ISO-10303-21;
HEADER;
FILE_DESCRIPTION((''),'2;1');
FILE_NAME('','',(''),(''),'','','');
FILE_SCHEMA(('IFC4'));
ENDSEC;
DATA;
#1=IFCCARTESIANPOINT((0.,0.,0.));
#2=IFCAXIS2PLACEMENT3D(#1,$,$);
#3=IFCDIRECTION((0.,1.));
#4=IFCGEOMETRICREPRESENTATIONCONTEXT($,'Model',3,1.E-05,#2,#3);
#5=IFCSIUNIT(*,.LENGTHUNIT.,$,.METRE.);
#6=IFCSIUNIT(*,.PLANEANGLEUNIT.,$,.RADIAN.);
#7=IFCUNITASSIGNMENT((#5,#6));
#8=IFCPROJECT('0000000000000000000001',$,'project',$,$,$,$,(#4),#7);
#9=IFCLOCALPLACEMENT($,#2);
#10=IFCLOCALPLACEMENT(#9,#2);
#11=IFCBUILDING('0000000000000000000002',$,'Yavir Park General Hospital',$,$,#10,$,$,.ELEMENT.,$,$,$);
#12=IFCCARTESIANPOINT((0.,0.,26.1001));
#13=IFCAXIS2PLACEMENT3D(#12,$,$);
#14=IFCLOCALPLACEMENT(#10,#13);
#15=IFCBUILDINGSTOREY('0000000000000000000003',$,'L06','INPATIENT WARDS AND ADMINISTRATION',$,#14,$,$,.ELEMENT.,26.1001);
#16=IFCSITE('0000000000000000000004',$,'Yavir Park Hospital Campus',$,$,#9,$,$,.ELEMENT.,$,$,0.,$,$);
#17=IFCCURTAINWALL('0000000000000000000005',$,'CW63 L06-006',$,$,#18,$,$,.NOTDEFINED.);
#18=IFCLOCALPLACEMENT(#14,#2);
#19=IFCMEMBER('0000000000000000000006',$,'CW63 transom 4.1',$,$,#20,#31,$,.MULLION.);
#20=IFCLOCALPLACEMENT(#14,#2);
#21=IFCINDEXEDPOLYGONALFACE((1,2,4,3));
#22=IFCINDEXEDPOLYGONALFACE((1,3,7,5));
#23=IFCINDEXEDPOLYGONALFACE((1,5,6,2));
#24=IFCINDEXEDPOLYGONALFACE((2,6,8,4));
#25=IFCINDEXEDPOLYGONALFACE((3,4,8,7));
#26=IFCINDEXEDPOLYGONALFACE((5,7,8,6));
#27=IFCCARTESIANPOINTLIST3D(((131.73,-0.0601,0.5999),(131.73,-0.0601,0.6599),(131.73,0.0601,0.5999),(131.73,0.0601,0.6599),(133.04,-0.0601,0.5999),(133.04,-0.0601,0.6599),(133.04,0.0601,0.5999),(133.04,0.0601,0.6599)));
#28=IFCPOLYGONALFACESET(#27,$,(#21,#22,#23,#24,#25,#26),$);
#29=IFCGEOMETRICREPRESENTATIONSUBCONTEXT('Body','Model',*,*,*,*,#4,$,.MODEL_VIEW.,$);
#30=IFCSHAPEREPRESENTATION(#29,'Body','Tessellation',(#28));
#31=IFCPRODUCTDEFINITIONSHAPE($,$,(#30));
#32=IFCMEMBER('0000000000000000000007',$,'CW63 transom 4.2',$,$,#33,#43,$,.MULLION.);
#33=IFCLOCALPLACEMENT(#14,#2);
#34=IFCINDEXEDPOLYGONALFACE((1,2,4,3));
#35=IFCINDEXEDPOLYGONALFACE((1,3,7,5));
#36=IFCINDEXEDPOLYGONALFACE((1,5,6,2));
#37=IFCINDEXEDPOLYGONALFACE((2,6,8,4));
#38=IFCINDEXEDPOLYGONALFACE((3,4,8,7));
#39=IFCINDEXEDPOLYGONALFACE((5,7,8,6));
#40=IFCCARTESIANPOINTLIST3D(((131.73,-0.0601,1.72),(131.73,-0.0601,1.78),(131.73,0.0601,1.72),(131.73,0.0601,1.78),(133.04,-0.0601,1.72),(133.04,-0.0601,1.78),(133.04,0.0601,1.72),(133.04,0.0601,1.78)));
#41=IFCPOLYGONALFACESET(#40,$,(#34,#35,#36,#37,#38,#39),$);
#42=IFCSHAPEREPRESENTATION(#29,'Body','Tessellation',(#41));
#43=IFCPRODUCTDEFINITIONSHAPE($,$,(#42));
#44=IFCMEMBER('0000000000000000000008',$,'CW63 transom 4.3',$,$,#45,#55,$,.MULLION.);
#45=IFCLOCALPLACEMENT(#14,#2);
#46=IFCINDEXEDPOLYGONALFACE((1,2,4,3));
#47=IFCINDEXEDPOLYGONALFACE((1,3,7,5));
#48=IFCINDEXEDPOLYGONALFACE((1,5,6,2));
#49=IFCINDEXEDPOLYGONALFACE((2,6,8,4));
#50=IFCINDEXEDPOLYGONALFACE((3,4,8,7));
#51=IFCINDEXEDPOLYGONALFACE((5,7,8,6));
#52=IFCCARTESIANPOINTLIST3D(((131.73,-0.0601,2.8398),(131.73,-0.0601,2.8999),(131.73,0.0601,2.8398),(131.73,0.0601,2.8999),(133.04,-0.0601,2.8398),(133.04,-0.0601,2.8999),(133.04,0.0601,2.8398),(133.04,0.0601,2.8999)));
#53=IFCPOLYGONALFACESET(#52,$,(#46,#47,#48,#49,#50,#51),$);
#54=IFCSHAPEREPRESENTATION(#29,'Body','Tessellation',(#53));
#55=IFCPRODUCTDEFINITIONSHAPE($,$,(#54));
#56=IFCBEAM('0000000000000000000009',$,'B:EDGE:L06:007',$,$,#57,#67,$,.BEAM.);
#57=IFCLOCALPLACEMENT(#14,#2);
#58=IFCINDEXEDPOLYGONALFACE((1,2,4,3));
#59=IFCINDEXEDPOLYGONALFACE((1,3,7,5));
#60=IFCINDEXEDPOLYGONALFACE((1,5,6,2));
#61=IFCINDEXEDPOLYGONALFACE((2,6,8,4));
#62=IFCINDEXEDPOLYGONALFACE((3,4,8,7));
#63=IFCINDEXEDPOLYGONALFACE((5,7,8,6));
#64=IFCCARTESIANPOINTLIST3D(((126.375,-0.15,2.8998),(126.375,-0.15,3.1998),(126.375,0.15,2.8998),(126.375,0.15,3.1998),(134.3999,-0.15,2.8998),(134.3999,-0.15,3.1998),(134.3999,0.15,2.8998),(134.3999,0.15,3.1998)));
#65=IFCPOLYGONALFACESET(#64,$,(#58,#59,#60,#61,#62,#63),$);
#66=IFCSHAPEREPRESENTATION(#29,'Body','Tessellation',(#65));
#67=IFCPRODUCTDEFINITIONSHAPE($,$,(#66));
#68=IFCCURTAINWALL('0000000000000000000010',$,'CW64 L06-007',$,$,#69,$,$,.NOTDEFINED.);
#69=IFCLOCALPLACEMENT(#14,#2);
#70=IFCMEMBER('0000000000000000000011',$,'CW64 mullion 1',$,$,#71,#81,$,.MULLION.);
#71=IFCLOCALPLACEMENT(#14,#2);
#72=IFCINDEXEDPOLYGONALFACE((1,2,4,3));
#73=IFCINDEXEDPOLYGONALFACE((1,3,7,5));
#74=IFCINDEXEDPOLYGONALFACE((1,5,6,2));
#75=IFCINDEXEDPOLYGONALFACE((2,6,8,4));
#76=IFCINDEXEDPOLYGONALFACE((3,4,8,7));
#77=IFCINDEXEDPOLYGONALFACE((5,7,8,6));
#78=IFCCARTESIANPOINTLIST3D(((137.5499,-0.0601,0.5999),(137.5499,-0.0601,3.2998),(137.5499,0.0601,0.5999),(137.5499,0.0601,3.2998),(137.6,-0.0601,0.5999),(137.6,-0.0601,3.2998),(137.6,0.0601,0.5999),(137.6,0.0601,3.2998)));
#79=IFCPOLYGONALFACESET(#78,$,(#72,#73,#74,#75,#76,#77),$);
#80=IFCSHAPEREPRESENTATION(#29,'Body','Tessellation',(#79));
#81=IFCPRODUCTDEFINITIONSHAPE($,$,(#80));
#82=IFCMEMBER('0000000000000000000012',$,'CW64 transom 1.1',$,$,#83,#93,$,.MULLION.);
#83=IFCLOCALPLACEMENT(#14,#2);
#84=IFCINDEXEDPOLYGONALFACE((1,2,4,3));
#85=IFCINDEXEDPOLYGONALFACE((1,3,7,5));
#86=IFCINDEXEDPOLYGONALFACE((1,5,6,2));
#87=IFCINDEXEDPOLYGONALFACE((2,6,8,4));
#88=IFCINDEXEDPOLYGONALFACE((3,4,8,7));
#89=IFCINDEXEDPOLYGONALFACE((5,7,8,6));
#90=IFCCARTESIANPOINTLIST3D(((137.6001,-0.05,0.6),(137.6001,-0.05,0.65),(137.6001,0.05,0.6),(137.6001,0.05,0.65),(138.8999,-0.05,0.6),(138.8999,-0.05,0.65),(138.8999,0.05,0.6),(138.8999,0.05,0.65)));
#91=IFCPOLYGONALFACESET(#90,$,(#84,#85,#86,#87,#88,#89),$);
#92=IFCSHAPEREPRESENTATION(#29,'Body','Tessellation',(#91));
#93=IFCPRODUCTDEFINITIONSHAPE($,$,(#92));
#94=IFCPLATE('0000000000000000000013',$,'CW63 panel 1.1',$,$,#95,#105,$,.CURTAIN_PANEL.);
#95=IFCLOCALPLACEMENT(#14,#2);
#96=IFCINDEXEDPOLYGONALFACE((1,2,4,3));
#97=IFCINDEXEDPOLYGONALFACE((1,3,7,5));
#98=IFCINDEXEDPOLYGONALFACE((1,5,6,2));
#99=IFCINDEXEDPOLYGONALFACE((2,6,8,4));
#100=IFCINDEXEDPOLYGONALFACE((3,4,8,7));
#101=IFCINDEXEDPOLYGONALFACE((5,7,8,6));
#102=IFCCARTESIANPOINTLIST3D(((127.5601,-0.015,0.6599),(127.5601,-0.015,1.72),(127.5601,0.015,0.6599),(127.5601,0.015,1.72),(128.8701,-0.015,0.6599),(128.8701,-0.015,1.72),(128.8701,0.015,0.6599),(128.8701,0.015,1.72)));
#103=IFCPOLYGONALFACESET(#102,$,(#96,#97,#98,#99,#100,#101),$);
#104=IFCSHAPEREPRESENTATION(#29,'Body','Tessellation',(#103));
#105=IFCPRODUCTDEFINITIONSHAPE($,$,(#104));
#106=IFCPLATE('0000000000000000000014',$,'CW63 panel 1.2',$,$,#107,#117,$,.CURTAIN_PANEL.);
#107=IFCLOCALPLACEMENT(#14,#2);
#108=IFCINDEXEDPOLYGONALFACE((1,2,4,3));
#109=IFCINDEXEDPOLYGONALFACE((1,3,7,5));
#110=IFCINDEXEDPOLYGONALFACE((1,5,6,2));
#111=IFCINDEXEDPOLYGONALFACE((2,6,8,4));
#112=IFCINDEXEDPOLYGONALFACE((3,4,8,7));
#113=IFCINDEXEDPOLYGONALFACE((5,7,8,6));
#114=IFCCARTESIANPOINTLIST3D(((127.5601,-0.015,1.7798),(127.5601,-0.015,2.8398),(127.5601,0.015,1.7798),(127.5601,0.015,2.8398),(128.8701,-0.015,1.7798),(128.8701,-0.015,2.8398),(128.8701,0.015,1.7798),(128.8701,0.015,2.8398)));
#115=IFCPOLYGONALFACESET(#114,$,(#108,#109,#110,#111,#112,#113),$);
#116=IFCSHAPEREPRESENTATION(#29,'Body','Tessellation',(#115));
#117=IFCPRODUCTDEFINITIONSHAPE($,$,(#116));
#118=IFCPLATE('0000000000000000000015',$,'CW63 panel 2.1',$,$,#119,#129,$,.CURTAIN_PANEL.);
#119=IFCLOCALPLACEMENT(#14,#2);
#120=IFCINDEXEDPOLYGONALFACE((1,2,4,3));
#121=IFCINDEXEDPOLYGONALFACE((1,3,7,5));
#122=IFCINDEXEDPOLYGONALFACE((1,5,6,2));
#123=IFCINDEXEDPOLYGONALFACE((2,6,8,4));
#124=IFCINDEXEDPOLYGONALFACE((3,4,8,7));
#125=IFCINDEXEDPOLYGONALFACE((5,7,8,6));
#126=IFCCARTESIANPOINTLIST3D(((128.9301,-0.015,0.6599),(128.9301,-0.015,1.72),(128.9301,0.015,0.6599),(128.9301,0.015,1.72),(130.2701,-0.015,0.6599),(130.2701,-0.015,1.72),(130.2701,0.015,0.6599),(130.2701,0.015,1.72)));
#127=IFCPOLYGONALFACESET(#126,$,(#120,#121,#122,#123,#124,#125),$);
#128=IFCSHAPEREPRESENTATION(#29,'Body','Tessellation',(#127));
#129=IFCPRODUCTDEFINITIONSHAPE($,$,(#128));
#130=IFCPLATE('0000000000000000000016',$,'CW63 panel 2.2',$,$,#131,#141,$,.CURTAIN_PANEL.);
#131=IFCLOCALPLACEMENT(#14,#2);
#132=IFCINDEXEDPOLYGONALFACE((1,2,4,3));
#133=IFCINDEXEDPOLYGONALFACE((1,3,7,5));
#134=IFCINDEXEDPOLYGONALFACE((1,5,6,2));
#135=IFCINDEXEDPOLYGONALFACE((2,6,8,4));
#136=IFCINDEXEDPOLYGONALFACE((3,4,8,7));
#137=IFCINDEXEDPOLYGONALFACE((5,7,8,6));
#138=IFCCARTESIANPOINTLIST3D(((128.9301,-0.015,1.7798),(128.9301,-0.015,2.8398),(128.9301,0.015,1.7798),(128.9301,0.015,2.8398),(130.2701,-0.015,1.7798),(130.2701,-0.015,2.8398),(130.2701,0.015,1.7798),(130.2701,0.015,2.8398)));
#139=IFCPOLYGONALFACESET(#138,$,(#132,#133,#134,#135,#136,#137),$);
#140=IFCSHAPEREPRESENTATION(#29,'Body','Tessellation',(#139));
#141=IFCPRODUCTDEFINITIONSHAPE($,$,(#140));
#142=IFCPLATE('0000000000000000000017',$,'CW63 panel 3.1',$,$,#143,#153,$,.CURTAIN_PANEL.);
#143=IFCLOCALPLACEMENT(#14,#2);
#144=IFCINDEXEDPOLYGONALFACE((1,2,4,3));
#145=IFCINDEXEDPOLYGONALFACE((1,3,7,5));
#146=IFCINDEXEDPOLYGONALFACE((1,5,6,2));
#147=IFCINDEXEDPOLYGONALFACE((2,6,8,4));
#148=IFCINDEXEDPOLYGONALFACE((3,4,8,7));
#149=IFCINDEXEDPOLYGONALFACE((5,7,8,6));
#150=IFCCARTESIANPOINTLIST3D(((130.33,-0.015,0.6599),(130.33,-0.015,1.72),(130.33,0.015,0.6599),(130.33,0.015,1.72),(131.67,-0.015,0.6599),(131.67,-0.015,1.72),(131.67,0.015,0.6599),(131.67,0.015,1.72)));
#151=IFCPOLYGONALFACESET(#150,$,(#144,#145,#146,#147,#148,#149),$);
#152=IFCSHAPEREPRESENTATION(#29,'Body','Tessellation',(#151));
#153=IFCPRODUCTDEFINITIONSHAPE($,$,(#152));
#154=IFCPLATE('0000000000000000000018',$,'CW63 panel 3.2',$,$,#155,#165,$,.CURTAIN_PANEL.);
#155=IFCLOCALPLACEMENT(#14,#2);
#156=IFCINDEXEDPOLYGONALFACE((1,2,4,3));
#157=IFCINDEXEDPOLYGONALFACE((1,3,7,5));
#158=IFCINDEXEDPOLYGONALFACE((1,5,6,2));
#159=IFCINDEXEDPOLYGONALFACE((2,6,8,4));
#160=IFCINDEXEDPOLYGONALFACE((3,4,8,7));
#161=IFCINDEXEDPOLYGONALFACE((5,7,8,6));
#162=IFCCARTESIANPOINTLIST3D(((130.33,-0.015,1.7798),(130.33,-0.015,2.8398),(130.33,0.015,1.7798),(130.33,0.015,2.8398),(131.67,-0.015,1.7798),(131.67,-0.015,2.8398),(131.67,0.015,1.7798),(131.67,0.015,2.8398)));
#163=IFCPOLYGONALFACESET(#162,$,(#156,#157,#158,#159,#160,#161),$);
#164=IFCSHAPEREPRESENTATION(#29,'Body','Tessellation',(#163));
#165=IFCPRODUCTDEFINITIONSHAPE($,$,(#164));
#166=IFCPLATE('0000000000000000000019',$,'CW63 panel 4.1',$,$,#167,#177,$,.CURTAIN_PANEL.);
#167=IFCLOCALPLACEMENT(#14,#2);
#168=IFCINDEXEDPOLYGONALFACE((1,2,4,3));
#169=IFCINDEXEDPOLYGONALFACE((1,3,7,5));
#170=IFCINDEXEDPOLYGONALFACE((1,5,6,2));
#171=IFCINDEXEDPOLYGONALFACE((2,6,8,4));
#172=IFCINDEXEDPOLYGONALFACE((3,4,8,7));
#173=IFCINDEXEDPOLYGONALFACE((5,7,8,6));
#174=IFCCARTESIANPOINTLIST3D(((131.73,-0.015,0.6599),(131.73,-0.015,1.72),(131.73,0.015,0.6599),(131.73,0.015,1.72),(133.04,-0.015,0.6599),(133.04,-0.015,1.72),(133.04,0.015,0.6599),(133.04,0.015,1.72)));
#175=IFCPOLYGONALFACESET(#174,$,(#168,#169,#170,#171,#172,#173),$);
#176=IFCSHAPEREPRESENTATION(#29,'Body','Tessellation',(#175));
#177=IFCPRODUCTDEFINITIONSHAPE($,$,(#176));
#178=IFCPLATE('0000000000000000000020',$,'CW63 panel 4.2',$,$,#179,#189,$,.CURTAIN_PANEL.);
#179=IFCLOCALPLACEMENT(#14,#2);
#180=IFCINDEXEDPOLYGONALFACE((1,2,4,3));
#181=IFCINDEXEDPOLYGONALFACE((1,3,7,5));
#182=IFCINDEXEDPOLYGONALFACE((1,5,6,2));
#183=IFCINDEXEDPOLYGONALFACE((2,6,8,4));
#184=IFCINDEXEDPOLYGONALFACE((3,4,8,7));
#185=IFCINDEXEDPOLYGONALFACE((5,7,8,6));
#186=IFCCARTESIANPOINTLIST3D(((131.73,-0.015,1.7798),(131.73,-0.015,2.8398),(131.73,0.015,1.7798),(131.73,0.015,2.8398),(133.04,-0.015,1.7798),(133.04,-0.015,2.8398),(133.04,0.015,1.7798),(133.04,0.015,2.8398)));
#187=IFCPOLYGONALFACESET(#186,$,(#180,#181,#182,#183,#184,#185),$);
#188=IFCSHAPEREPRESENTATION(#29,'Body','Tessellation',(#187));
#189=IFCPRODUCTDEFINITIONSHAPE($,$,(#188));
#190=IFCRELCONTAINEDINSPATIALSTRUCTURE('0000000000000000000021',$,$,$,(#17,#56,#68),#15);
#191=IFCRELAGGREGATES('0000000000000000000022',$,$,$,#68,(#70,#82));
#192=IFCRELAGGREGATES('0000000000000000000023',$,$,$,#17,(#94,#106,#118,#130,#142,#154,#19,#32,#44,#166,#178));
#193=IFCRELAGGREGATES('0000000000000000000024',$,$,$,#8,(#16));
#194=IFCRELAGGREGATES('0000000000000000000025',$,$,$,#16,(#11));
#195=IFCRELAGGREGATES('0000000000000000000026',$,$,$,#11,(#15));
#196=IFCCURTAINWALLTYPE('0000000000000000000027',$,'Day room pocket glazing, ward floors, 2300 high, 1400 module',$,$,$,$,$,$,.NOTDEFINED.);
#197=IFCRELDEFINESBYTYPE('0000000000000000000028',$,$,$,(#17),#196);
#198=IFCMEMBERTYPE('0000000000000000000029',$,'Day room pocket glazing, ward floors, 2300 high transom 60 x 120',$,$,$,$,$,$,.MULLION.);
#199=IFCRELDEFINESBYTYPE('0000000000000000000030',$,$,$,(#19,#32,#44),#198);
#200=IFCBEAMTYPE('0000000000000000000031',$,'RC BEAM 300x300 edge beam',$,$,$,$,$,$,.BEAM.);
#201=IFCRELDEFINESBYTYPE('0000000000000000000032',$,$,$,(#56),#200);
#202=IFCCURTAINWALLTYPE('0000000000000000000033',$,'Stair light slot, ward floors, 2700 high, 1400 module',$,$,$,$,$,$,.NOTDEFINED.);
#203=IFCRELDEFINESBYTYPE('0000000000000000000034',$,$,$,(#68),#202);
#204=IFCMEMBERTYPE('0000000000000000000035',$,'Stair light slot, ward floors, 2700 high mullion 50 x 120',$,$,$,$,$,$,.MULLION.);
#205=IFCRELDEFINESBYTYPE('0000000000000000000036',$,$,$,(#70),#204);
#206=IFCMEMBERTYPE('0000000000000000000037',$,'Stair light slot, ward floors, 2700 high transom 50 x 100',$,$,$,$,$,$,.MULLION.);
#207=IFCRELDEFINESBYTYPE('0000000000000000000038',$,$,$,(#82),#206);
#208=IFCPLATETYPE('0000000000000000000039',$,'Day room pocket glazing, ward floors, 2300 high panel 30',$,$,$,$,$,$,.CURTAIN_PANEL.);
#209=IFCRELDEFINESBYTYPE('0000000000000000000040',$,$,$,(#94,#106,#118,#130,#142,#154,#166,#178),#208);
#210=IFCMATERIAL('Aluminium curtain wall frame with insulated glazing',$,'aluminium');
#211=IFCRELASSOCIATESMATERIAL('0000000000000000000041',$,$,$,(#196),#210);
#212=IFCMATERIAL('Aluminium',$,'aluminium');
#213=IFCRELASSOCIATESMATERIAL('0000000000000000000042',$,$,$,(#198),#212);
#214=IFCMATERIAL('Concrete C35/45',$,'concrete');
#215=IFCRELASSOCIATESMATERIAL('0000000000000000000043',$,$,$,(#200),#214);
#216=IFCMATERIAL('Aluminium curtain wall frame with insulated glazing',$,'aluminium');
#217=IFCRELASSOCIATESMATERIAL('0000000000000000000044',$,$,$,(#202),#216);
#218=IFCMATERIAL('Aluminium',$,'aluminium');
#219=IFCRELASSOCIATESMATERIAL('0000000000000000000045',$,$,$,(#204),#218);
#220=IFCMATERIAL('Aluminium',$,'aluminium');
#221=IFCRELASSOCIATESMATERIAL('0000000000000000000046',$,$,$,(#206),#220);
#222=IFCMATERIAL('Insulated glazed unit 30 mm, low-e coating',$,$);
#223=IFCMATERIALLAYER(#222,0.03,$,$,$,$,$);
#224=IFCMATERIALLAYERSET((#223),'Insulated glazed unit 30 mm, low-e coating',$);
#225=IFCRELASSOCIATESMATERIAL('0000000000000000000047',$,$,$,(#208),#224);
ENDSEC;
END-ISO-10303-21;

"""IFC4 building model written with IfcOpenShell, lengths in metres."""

from ifc_helpers import new_model, si_unit, direction, frame, origin, origin_2d, place, context, subcontext, project, spatial, rectangle, extrude, material, layer, layer_set, material_profile, profile_set, type_object, element, aggregate, save


model = new_model("IFC4")

# Units and contexts
model_context = context("Model", 3, precision=1e-05, world=origin(), true_north=direction((0.0, 1.0)))
body_context = subcontext(model_context, "Body", "Model", "MODEL_VIEW")
ifc_project = project(units=[si_unit("LENGTHUNIT", "METRE"), si_unit("PLANEANGLEUNIT", "RADIAN")], contexts=[model_context])

# Site, building, storey
site_placement = place(None, origin())
site = spatial("IfcSite", under=ifc_project, at=site_placement, Name="Yavir Park Hospital Campus", CompositionType="ELEMENT", RefElevation=0.0)
building_placement = place(site_placement, origin())
building = spatial("IfcBuilding", under=site, at=building_placement, Name="Yavir Park General Hospital", CompositionType="ELEMENT")
storey_placement = place(building_placement, frame((0.0, 0.0, 26.1001)))
storey = spatial("IfcBuildingStorey", under=building, at=storey_placement, Name="L06", Description="INPATIENT WARDS AND ADMINISTRATION", CompositionType="ELEMENT", Elevation=26.1001)

# Curtain wall, members
ifc_material_1 = material(Name="Aluminium curtain wall frame with insulated glazing", Category="aluminium")
curtain_wall_type_1 = type_object("IfcCurtainWallType", Name="Day room pocket glazing, ward floors, 2300 high, 1400 module", PredefinedType="NOTDEFINED", material=ifc_material_1)
curtain_wall_1_placement = place(storey_placement, origin())
curtain_wall_1 = element("IfcCurtainWall", 1, at=curtain_wall_1_placement, inside=storey, type_object=curtain_wall_type_1, Name="CW63 L06-006", PredefinedType="NOTDEFINED")
ifc_material_2 = material(Name="Aluminium", Category="aluminium")
ifc_material_profile_1 = material_profile(ifc_material_2, rectangle(XDim=0.1201, YDim=0.0601, at=origin_2d()), Name="AL 120x60")
ifc_profile_set_1 = profile_set([ifc_material_profile_1], Name="Aluminium")
member_type_1 = type_object("IfcMemberType", Name="Day room pocket glazing, ward floors, 2300 high transom 60 x 120", PredefinedType="MULLION", material=ifc_profile_set_1)
member_1_placement = place(storey_placement, frame((131.73, 0.0, 0.6299), z_axis=(1.0, 0.0, 0.0), x_axis=(0.0, 1.0, 0.0)))
member_1 = element("IfcMember", 2, at=member_1_placement, type_object=member_type_1, Name="CW63 transom 4.1", PredefinedType="MULLION", context=body_context, shape_type="SweptSolid", body=[
    extrude(rectangle(XDim=0.1201, YDim=0.0601, at=origin_2d()), origin(), (0.0, 0.0, 1.0), 1.3101),
])
member_2_placement = place(storey_placement, frame((131.73, 0.0, 1.75), z_axis=(1.0, 0.0, 0.0), x_axis=(0.0, 1.0, 0.0)))
member_2 = element("IfcMember", 3, at=member_2_placement, type_object=member_type_1, Name="CW63 transom 4.2", PredefinedType="MULLION", context=body_context, shape_type="SweptSolid", body=[
    extrude(rectangle(XDim=0.1201, YDim=0.0601, at=origin_2d()), origin(), (0.0, 0.0, 1.0), 1.3101),
])
member_3_placement = place(storey_placement, frame((131.73, 0.0, 2.8699), z_axis=(1.0, 0.0, 0.0), x_axis=(0.0, 1.0, 0.0)))
member_3 = element("IfcMember", 4, at=member_3_placement, type_object=member_type_1, Name="CW63 transom 4.3", PredefinedType="MULLION", context=body_context, shape_type="SweptSolid", body=[
    extrude(rectangle(XDim=0.1201, YDim=0.0601, at=origin_2d()), origin(), (0.0, 0.0, 1.0), 1.3101),
])

# Beam
ifc_material_3 = material(Name="Concrete C35/45", Category="concrete")
ifc_material_profile_2 = material_profile(ifc_material_3, rectangle(XDim=0.3, YDim=0.3, at=origin_2d()), Name="RC300x300")
ifc_profile_set_2 = profile_set([ifc_material_profile_2], Name="Concrete C35/45")
beam_type = type_object("IfcBeamType", Name="RC BEAM 300x300 edge beam", PredefinedType="BEAM", material=ifc_profile_set_2)
beam_placement = place(storey_placement, frame((126.375, 0.0, 3.0498), z_axis=(1.0, 0.0, 0.0), x_axis=(0.0, 1.0, 0.0)))
element("IfcBeam", 5, at=beam_placement, inside=storey, type_object=beam_type, Name="B:EDGE:L06:007", PredefinedType="BEAM", context=body_context, shape_type="SweptSolid", body=[
    extrude(rectangle(XDim=0.3, YDim=0.3, at=origin_2d()), origin(), (0.0, 0.0, 1.0), 8.0249),
])

# Curtain wall, members
ifc_material_4 = material(Name="Aluminium curtain wall frame with insulated glazing", Category="aluminium")
curtain_wall_type_2 = type_object("IfcCurtainWallType", Name="Stair light slot, ward floors, 2700 high, 1400 module", PredefinedType="NOTDEFINED", material=ifc_material_4)
curtain_wall_2_placement = place(storey_placement, origin())
curtain_wall_2 = element("IfcCurtainWall", 6, at=curtain_wall_2_placement, inside=storey, type_object=curtain_wall_type_2, Name="CW64 L06-007", PredefinedType="NOTDEFINED")
ifc_material_5 = material(Name="Aluminium", Category="aluminium")
ifc_material_profile_3 = material_profile(ifc_material_5, rectangle(XDim=0.1201, YDim=0.05, at=origin_2d()), Name="AL 50x120")
ifc_profile_set_3 = profile_set([ifc_material_profile_3], Name="Aluminium")
member_type_2 = type_object("IfcMemberType", Name="Stair light slot, ward floors, 2700 high mullion 50 x 120", PredefinedType="MULLION", material=ifc_profile_set_3)
member_4_placement = place(storey_placement, frame((137.575, 0.0, 0.5999), z_axis=(0.0, 0.0, 1.0), x_axis=(0.0, 1.0, 0.0)))
member_4 = element("IfcMember", 7, at=member_4_placement, type_object=member_type_2, Name="CW64 mullion 1", PredefinedType="MULLION", context=body_context, shape_type="SweptSolid", body=[
    extrude(rectangle(XDim=0.1201, YDim=0.05, at=origin_2d()), origin(), (0.0, 0.0, 1.0), 2.7),
])
ifc_material_6 = material(Name="Aluminium", Category="aluminium")
ifc_material_profile_4 = material_profile(ifc_material_6, rectangle(XDim=0.1001, YDim=0.05, at=origin_2d()), Name="AL 100x50")
ifc_profile_set_4 = profile_set([ifc_material_profile_4], Name="Aluminium")
member_type_3 = type_object("IfcMemberType", Name="Stair light slot, ward floors, 2700 high transom 50 x 100", PredefinedType="MULLION", material=ifc_profile_set_4)
member_5_placement = place(storey_placement, frame((137.6001, 0.0, 0.625), z_axis=(1.0, 0.0, 0.0), x_axis=(0.0, 1.0, 0.0)))
member_5 = element("IfcMember", 8, at=member_5_placement, type_object=member_type_3, Name="CW64 transom 1.1", PredefinedType="MULLION", context=body_context, shape_type="SweptSolid", body=[
    extrude(rectangle(XDim=0.1001, YDim=0.05, at=origin_2d()), origin(), (0.0, 0.0, 1.0), 1.2998),
])
aggregate(curtain_wall_2, [member_4, member_5])

# Plates
ifc_material_7 = material(Name="Insulated glazed unit 30 mm, low-e coating")
ifc_layer_1 = layer(ifc_material_7, 0.03)
ifc_layer_set_1 = layer_set([ifc_layer_1], Name="Insulated glazed unit 30 mm, low-e coating")
plate_type = type_object("IfcPlateType", Name="Day room pocket glazing, ward floors, 2300 high panel 30", PredefinedType="CURTAIN_PANEL", material=ifc_layer_set_1)
plate_1_placement = place(storey_placement, frame((128.2151, 0.0, 0.6599), z_axis=(0.0, 0.0, 1.0), x_axis=(1.0, 0.0, 0.0)))
plate_1 = element("IfcPlate", 9, at=plate_1_placement, type_object=plate_type, Name="CW63 panel 1.1", PredefinedType="CURTAIN_PANEL", context=body_context, shape_type="SweptSolid", body=[
    extrude(rectangle(XDim=1.3101, YDim=0.03, at=origin_2d()), origin(), (0.0, 0.0, 1.0), 1.0601),
])
plate_2_placement = place(storey_placement, frame((128.2151, 0.0, 1.7798), z_axis=(0.0, 0.0, 1.0), x_axis=(1.0, 0.0, 0.0)))
plate_2 = element("IfcPlate", 10, at=plate_2_placement, type_object=plate_type, Name="CW63 panel 1.2", PredefinedType="CURTAIN_PANEL", context=body_context, shape_type="SweptSolid", body=[
    extrude(rectangle(XDim=1.3101, YDim=0.03, at=origin_2d()), origin(), (0.0, 0.0, 1.0), 1.0601),
])
plate_3_placement = place(storey_placement, frame((129.6001, 0.0, 0.6599), z_axis=(0.0, 0.0, 1.0), x_axis=(1.0, 0.0, 0.0)))
plate_3 = element("IfcPlate", 11, at=plate_3_placement, type_object=plate_type, Name="CW63 panel 2.1", PredefinedType="CURTAIN_PANEL", context=body_context, shape_type="SweptSolid", body=[
    extrude(rectangle(XDim=1.3401, YDim=0.03, at=origin_2d()), origin(), (0.0, 0.0, 1.0), 1.0601),
])
plate_4_placement = place(storey_placement, frame((129.6001, 0.0, 1.7798), z_axis=(0.0, 0.0, 1.0), x_axis=(1.0, 0.0, 0.0)))
plate_4 = element("IfcPlate", 12, at=plate_4_placement, type_object=plate_type, Name="CW63 panel 2.2", PredefinedType="CURTAIN_PANEL", context=body_context, shape_type="SweptSolid", body=[
    extrude(rectangle(XDim=1.3401, YDim=0.03, at=origin_2d()), origin(), (0.0, 0.0, 1.0), 1.0601),
])
plate_5_placement = place(storey_placement, frame((131.0, 0.0, 0.6599), z_axis=(0.0, 0.0, 1.0), x_axis=(1.0, 0.0, 0.0)))
plate_5 = element("IfcPlate", 13, at=plate_5_placement, type_object=plate_type, Name="CW63 panel 3.1", PredefinedType="CURTAIN_PANEL", context=body_context, shape_type="SweptSolid", body=[
    extrude(rectangle(XDim=1.3401, YDim=0.03, at=origin_2d()), origin(), (0.0, 0.0, 1.0), 1.0601),
])
plate_6_placement = place(storey_placement, frame((131.0, 0.0, 1.7798), z_axis=(0.0, 0.0, 1.0), x_axis=(1.0, 0.0, 0.0)))
plate_6 = element("IfcPlate", 14, at=plate_6_placement, type_object=plate_type, Name="CW63 panel 3.2", PredefinedType="CURTAIN_PANEL", context=body_context, shape_type="SweptSolid", body=[
    extrude(rectangle(XDim=1.3401, YDim=0.03, at=origin_2d()), origin(), (0.0, 0.0, 1.0), 1.0601),
])
plate_7_placement = place(storey_placement, frame((132.385, 0.0, 0.6599), z_axis=(0.0, 0.0, 1.0), x_axis=(1.0, 0.0, 0.0)))
plate_7 = element("IfcPlate", 15, at=plate_7_placement, type_object=plate_type, Name="CW63 panel 4.1", PredefinedType="CURTAIN_PANEL", context=body_context, shape_type="SweptSolid", body=[
    extrude(rectangle(XDim=1.3101, YDim=0.03, at=origin_2d()), origin(), (0.0, 0.0, 1.0), 1.0601),
])
plate_8_placement = place(storey_placement, frame((132.385, 0.0, 1.7798), z_axis=(0.0, 0.0, 1.0), x_axis=(1.0, 0.0, 0.0)))
plate_8 = element("IfcPlate", 16, at=plate_8_placement, type_object=plate_type, Name="CW63 panel 4.2", PredefinedType="CURTAIN_PANEL", context=body_context, shape_type="SweptSolid", body=[
    extrude(rectangle(XDim=1.3101, YDim=0.03, at=origin_2d()), origin(), (0.0, 0.0, 1.0), 1.0601),
])
aggregate(curtain_wall_1, [plate_1, plate_2, plate_3, plate_4, plate_5, plate_6, member_1, member_2, member_3, plate_7, plate_8])

save(model, "model.ifc")
